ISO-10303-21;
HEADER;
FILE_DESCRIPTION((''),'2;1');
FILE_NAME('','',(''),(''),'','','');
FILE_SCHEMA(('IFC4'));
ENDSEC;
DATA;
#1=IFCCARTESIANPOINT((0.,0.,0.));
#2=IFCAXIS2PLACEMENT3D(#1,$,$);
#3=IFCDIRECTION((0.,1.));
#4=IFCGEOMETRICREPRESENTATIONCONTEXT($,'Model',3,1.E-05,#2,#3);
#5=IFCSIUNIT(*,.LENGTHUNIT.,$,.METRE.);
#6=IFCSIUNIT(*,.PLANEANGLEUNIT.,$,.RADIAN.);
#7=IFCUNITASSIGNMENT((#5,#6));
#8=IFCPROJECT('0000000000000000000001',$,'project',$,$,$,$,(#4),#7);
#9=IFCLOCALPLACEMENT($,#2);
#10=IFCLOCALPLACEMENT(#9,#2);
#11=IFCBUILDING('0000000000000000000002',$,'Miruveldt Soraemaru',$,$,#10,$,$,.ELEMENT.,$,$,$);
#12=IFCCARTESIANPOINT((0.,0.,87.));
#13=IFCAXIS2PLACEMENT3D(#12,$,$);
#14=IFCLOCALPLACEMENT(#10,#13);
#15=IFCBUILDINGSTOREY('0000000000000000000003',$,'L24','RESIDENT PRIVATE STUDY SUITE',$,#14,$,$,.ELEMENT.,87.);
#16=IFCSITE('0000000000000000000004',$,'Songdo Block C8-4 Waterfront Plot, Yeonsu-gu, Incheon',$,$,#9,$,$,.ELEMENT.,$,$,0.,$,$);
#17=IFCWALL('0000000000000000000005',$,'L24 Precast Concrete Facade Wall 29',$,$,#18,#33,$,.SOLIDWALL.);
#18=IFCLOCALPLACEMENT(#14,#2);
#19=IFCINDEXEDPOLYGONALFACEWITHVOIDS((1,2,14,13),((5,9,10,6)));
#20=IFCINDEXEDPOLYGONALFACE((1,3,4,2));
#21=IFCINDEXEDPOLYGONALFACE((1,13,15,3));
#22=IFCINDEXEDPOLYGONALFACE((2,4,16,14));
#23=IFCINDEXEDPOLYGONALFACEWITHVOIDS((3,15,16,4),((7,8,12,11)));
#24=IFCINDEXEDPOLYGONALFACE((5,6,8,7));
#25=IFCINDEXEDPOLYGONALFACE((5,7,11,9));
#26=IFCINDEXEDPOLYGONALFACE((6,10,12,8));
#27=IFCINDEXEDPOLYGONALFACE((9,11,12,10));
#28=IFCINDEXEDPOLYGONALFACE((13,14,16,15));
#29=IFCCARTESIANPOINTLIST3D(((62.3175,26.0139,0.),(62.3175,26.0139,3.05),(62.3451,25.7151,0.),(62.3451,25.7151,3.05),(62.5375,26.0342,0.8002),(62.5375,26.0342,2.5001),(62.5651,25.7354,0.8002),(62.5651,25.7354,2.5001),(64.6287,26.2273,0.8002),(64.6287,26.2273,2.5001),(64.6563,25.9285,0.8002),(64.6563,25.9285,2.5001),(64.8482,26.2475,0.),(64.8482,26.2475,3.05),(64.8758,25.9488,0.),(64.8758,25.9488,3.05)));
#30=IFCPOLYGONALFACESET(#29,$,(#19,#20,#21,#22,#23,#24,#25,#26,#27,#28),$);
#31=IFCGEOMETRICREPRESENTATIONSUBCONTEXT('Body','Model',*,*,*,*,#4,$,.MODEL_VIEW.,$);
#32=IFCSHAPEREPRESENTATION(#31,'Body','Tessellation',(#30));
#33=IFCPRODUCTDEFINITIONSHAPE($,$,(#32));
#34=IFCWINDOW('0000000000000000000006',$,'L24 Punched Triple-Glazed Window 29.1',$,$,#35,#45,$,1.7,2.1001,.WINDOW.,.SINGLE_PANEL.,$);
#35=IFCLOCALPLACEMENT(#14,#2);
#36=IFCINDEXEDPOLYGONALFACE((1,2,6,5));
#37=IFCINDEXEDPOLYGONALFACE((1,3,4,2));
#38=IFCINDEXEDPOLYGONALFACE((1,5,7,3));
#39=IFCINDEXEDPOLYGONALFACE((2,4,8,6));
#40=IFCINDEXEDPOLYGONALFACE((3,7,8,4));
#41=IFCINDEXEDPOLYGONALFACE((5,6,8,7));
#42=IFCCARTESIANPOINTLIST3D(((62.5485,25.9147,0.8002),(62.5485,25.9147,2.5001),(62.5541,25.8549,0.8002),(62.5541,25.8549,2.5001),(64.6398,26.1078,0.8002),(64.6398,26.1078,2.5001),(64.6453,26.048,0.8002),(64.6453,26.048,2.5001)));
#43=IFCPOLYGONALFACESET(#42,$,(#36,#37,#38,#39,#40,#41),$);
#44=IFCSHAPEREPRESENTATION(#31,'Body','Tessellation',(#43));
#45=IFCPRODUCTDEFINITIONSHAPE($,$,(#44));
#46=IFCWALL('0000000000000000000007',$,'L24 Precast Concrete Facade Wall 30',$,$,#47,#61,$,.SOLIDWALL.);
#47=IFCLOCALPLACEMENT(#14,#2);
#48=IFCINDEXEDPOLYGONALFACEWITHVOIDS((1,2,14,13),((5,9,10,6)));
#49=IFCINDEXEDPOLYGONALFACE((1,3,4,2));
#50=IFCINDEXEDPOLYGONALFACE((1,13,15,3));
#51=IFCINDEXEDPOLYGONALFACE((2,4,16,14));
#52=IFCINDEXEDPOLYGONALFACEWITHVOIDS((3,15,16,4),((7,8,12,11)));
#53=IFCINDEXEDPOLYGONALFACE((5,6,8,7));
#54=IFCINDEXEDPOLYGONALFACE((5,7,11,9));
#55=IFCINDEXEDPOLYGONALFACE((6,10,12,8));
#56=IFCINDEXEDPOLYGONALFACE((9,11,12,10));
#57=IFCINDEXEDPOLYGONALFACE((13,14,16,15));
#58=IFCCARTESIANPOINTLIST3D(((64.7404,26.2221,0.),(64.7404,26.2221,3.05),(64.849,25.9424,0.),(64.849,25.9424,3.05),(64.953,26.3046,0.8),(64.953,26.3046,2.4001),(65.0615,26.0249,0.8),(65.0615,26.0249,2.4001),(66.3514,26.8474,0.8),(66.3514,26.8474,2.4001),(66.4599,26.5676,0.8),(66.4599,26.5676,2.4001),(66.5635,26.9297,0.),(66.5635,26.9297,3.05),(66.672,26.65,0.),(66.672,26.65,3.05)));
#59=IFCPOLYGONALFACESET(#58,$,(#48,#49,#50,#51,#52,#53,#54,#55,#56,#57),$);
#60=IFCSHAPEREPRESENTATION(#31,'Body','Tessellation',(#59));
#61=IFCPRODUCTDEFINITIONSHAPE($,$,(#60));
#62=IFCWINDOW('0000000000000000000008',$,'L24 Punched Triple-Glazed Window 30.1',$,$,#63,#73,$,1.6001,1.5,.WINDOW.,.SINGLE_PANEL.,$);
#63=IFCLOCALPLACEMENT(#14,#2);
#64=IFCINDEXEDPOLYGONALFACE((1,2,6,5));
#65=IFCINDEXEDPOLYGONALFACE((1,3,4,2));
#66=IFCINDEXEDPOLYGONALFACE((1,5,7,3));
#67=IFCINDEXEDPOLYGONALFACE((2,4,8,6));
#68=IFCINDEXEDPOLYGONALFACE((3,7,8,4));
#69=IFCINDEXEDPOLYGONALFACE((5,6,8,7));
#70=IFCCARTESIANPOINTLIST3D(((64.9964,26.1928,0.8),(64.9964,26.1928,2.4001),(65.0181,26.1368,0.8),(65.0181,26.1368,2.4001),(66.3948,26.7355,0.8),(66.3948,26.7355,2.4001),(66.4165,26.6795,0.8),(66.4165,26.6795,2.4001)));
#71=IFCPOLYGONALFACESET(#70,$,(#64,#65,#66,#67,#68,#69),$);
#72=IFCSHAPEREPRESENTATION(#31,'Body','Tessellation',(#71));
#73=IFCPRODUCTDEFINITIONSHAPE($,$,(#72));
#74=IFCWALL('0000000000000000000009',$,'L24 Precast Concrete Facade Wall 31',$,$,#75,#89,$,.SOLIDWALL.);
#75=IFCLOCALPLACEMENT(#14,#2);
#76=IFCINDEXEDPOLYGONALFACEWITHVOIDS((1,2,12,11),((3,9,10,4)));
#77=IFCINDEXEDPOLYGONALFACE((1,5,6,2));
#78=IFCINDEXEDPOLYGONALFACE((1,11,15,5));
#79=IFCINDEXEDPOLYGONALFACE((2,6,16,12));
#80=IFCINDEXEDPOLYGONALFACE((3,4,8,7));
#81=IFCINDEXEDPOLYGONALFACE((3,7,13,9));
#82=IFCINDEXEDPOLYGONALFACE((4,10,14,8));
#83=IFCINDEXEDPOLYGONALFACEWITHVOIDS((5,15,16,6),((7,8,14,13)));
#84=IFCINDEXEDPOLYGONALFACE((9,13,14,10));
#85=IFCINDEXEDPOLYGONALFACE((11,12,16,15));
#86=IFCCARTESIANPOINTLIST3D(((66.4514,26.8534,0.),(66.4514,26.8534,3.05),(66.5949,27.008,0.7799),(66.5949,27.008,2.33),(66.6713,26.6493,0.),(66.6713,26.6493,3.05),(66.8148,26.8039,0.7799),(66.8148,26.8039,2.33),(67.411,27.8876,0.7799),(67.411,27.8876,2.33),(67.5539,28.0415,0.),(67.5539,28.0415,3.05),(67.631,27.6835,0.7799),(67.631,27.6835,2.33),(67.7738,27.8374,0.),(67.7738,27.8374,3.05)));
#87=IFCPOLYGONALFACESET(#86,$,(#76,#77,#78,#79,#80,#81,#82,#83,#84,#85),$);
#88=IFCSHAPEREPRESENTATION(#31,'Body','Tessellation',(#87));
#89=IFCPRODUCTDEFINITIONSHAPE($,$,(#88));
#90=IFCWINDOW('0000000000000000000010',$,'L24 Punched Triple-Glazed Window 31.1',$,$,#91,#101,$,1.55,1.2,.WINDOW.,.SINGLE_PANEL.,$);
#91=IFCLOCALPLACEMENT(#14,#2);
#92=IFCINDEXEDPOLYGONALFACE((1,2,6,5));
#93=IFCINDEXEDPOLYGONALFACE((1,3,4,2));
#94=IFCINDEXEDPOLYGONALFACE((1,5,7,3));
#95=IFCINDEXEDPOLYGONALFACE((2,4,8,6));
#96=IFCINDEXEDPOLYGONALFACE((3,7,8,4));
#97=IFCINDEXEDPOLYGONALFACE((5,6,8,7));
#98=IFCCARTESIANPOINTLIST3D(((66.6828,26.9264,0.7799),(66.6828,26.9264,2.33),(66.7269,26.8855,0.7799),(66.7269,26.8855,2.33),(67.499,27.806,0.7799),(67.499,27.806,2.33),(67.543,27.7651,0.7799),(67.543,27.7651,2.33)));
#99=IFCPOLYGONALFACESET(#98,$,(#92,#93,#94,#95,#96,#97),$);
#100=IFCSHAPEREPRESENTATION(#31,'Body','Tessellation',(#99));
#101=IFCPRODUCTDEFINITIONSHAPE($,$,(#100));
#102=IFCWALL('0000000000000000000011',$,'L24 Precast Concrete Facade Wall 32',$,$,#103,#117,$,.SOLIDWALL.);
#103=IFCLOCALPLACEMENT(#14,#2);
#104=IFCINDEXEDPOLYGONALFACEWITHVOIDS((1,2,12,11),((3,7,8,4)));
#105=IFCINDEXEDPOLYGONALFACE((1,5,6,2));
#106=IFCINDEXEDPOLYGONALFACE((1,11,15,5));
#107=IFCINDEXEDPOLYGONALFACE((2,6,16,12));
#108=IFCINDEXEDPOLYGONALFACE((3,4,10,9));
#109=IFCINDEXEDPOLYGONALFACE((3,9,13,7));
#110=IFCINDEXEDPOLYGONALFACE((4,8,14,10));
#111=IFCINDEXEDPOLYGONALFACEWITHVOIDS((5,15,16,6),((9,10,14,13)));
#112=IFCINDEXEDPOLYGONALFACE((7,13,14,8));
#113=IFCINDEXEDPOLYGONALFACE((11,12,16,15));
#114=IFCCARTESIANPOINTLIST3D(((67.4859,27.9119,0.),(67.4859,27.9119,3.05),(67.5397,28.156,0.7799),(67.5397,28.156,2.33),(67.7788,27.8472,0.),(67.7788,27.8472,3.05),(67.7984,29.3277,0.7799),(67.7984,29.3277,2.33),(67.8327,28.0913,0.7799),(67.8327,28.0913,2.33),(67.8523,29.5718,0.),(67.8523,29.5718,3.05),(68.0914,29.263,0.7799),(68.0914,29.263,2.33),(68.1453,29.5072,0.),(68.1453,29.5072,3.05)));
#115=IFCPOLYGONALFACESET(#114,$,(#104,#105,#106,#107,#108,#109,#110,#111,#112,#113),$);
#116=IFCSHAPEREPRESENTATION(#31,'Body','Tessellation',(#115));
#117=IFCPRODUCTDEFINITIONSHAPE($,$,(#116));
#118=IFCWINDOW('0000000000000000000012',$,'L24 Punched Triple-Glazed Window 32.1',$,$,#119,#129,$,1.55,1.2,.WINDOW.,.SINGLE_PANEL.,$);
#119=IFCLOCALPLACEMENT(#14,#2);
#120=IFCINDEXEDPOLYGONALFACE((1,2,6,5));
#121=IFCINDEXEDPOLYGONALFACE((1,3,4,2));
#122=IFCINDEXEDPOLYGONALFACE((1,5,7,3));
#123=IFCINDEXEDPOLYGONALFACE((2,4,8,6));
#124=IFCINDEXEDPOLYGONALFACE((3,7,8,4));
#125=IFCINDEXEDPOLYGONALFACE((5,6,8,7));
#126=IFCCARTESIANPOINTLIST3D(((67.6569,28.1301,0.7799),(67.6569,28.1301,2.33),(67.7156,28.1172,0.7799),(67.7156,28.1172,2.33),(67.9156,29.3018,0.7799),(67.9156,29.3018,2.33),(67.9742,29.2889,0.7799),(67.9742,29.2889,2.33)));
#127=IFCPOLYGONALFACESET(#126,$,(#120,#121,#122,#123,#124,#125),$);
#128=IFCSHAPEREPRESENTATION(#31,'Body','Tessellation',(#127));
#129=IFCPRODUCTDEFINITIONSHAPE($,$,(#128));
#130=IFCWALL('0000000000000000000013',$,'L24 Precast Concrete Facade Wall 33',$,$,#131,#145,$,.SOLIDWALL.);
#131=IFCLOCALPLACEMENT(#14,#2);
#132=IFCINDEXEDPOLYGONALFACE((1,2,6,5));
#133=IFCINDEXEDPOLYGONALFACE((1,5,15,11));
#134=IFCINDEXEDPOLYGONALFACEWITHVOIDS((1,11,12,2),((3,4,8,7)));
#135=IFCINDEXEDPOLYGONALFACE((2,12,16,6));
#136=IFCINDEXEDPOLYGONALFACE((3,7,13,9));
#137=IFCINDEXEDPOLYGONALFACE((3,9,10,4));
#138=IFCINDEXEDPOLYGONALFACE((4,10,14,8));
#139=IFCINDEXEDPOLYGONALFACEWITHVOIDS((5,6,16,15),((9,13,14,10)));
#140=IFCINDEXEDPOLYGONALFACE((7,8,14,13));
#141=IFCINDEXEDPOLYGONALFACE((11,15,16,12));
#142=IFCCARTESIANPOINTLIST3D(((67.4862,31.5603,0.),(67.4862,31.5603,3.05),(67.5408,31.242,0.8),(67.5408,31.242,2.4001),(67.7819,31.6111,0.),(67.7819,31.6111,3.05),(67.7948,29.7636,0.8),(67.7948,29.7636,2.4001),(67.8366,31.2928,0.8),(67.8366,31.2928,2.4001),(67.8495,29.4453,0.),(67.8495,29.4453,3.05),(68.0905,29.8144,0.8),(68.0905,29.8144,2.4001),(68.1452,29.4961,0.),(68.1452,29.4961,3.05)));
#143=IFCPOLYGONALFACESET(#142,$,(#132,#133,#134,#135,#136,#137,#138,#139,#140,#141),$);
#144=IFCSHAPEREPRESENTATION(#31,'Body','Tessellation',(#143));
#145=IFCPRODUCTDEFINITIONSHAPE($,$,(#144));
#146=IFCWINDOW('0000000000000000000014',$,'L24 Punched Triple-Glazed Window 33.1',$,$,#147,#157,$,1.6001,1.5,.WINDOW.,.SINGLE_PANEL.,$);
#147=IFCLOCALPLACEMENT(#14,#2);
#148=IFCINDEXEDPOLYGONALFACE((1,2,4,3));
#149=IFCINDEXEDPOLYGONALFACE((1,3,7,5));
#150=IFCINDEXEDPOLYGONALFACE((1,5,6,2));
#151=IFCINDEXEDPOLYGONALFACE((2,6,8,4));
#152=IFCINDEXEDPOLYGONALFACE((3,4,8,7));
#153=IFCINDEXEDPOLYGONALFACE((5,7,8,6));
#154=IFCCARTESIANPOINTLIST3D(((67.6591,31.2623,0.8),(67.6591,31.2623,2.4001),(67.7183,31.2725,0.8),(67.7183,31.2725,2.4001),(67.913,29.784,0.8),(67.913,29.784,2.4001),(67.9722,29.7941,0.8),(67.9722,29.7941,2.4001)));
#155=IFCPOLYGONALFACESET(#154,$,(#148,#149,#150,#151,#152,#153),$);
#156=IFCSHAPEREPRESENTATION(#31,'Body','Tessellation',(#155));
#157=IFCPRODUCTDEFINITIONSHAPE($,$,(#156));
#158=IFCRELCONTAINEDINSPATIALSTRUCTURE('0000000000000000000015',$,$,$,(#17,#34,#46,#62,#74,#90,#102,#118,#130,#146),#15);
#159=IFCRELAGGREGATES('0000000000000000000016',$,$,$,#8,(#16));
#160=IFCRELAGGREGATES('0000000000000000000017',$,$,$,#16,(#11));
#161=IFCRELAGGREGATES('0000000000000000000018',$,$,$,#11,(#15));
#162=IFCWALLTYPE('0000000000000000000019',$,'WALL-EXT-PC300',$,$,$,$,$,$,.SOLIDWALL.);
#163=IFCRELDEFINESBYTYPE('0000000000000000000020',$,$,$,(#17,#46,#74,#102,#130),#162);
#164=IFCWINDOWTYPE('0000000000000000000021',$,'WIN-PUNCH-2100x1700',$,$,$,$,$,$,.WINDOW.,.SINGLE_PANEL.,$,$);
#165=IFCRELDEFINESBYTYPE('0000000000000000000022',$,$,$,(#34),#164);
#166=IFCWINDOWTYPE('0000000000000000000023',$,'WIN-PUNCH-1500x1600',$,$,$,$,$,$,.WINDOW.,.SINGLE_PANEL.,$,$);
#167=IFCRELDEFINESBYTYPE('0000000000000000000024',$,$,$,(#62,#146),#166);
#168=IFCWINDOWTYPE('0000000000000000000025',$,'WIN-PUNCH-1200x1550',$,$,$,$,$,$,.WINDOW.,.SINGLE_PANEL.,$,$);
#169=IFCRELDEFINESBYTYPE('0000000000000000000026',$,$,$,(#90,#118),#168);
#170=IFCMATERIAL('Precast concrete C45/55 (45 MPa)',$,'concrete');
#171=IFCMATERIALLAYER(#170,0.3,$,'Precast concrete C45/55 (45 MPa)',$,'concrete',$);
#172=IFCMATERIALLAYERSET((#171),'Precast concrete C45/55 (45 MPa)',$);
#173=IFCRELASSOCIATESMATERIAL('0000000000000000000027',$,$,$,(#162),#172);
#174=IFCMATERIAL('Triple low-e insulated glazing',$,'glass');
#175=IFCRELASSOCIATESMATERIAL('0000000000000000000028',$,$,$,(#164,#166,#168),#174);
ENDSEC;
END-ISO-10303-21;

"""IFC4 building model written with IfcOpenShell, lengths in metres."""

from ifc_helpers import new_model, si_unit, direction, frame, frame_2d, origin, place, context, subcontext, project, spatial, rectangle, extrude, material, layer, layer_set, type_object, element, fill, save


model = new_model("IFC4")

# Units and contexts
model_context = context("Model", 3, precision=1e-05, world=origin(), true_north=direction((0.0, 1.0)))
body_context = subcontext(model_context, "Body", "Model", "MODEL_VIEW")
ifc_project = project(units=[si_unit("LENGTHUNIT", "METRE"), si_unit("PLANEANGLEUNIT", "RADIAN")], contexts=[model_context])

# Site, building, storey
site_placement = place(None, origin())
site = spatial("IfcSite", under=ifc_project, at=site_placement, Name="Songdo Block C8-4 Waterfront Plot, Yeonsu-gu, Incheon", CompositionType="ELEMENT", RefElevation=0.0)
building_placement = place(site_placement, origin())
building = spatial("IfcBuilding", under=site, at=building_placement, Name="Miruveldt Soraemaru", CompositionType="ELEMENT")
storey_placement = place(building_placement, frame((0.0, 0.0, 87.0)))
storey = spatial("IfcBuildingStorey", under=building, at=storey_placement, Name="L24", Description="RESIDENT PRIVATE STUDY SUITE", CompositionType="ELEMENT", Elevation=87.0)

# Shared definitions
ifc_material_1 = material(Name="Triple low-e insulated glazing", Category="glass")

# Shared definitions
ifc_material_2 = material(Name="Precast concrete C45/55 (45 MPa)", Category="concrete")
ifc_layer_1 = layer(ifc_material_2, 0.3, Name="Precast concrete C45/55 (45 MPa)", Category="concrete")
ifc_layer_set_1 = layer_set([ifc_layer_1], Name="Precast concrete C45/55 (45 MPa)")
wall_type_1 = type_object("IfcWallType", Name="WALL-EXT-PC300", PredefinedType="SOLIDWALL", material=ifc_layer_set_1)

# Walls, openings, windows
window_type_1 = type_object("IfcWindowType", Name="WIN-PUNCH-2100x1700", PartitioningType="SINGLE_PANEL", PredefinedType="WINDOW", material=ifc_material_1)
wall_1_placement = place(storey_placement, frame((62.3313, 25.8645, 0.0), z_axis=(0.0, 0.0, 1.0), x_axis=(0.995765, 0.09193, 0.0)))
wall_1 = element("IfcWall", 1, at=wall_1_placement, inside=storey, type_object=wall_type_1, Name="L24 Precast Concrete Facade Wall 29", PredefinedType="SOLIDWALL", context=body_context, shape_type="SweptSolid", body=[
    extrude(rectangle(XDim=2.5415, YDim=0.3, at=frame_2d((1.2708, 0.0))), origin(), (0.0, 0.0, 1.0), 3.05),
])
opening_1_placement = place(wall_1_placement, frame((0.2209, 0.0, 0.8)))
opening_1 = element("IfcOpeningElement", 2, at=opening_1_placement, cuts=wall_1, PredefinedType="OPENING", context=body_context, shape_type="SweptSolid", body=[
    extrude(rectangle(XDim=2.1001, YDim=1.7, at=frame_2d((1.05, 0.8501))), frame((0.0, 0.1602, 0.0), z_axis=(0.0, -1.0, 0.0), x_axis=(1.0, 0.0, 0.0)), (0.0, 0.0, 1.0), 0.3201),
])
window_1_placement = place(opening_1_placement, origin())
window_1 = element("IfcWindow", 3, at=window_1_placement, inside=storey, type_object=window_type_1, Name="L24 Punched Triple-Glazed Window 29.1", OverallHeight=1.7, OverallWidth=2.1001, PartitioningType="SINGLE_PANEL", PredefinedType="WINDOW", context=body_context, shape_type="SweptSolid", body=[
    extrude(rectangle(XDim=2.1001, YDim=1.7, at=frame_2d((1.05, 0.8501))), frame((0.0, 0.03, 0.0), z_axis=(0.0, -1.0, 0.0), x_axis=(1.0, 0.0, 0.0)), (0.0, 0.0, 1.0), 0.0601),
])
fill(opening_1, window_1)
wall_2_placement = place(storey_placement, frame((64.7947, 26.0823, 0.0), z_axis=(0.0, 0.0, 1.0), x_axis=(0.93225, 0.361814, 0.0)))
wall_2 = element("IfcWall", 4, at=wall_2_placement, inside=storey, type_object=wall_type_1, Name="L24 Precast Concrete Facade Wall 30", PredefinedType="SOLIDWALL", context=body_context, shape_type="SweptSolid", body=[
    extrude(rectangle(XDim=1.9556, YDim=0.3, at=frame_2d((0.9778, 0.0))), origin(), (0.0, 0.0, 1.0), 3.05),
])
opening_2_placement = place(wall_2_placement, frame((0.228, 0.0, 0.8)))
opening_2 = element("IfcOpeningElement", 5, at=opening_2_placement, cuts=wall_2, PredefinedType="OPENING", context=body_context, shape_type="SweptSolid", body=[
    extrude(rectangle(XDim=1.5, YDim=1.6001, at=frame_2d((0.75, 0.8))), frame((0.0, 0.1602, 0.0), z_axis=(0.0, -1.0, 0.0), x_axis=(1.0, 0.0, 0.0)), (0.0, 0.0, 1.0), 0.3201),
])
window_type_2 = type_object("IfcWindowType", Name="WIN-PUNCH-1500x1600", PartitioningType="SINGLE_PANEL", PredefinedType="WINDOW", material=ifc_material_1)
window_2_placement = place(opening_2_placement, origin())
window_2 = element("IfcWindow", 6, at=window_2_placement, inside=storey, type_object=window_type_2, Name="L24 Punched Triple-Glazed Window 30.1", OverallHeight=1.6001, OverallWidth=1.5, PartitioningType="SINGLE_PANEL", PredefinedType="WINDOW", context=body_context, shape_type="SweptSolid", body=[
    extrude(rectangle(XDim=1.5, YDim=1.6001, at=frame_2d((0.75, 0.8))), frame((0.0, 0.03, 0.0), z_axis=(0.0, -1.0, 0.0), x_axis=(1.0, 0.0, 0.0)), (0.0, 0.0, 1.0), 0.0601),
])
fill(opening_2, window_2)
wall_3_placement = place(storey_placement, frame((66.5613, 26.7512, 0.0), z_axis=(0.0, 0.0, 1.0), x_axis=(0.68018, 0.733046, 0.0)))
wall_3 = element("IfcWall", 7, at=wall_3_placement, inside=storey, type_object=wall_type_1, Name="L24 Precast Concrete Facade Wall 31", PredefinedType="SOLIDWALL", context=body_context, shape_type="SweptSolid", body=[
    extrude(rectangle(XDim=1.6208, YDim=0.3, at=frame_2d((0.8105, 0.0))), origin(), (0.0, 0.0, 1.0), 3.05),
])
opening_3_placement = place(wall_3_placement, frame((0.2109, 0.0, 0.78)))
opening_3 = element("IfcOpeningElement", 8, at=opening_3_placement, cuts=wall_3, PredefinedType="OPENING", context=body_context, shape_type="SweptSolid", body=[
    extrude(rectangle(XDim=1.2, YDim=1.55, at=frame_2d((0.6001, 0.7749))), frame((0.0, 0.1602, 0.0), z_axis=(0.0, -1.0, 0.0), x_axis=(1.0, 0.0, 0.0)), (0.0, 0.0, 1.0), 0.3201),
])
window_type_3 = type_object("IfcWindowType", Name="WIN-PUNCH-1200x1550", PartitioningType="SINGLE_PANEL", PredefinedType="WINDOW", material=ifc_material_1)
window_3_placement = place(opening_3_placement, origin())
window_3 = element("IfcWindow", 9, at=window_3_placement, inside=storey, type_object=window_type_3, Name="L24 Punched Triple-Glazed Window 31.1", OverallHeight=1.55, OverallWidth=1.2, PartitioningType="SINGLE_PANEL", PredefinedType="WINDOW", context=body_context, shape_type="SweptSolid", body=[
    extrude(rectangle(XDim=1.2, YDim=1.55, at=frame_2d((0.6001, 0.7749))), frame((0.0, 0.03, 0.0), z_axis=(0.0, -1.0, 0.0), x_axis=(1.0, 0.0, 0.0)), (0.0, 0.0, 1.0), 0.0601),
])
fill(opening_3, window_3)
wall_4_placement = place(storey_placement, frame((67.6323, 27.8794, 0.0), z_axis=(0.0, 0.0, 1.0), x_axis=(0.215577, 0.976487, 0.0)))
wall_4 = element("IfcWall", 10, at=wall_4_placement, inside=storey, type_object=wall_type_1, Name="L24 Precast Concrete Facade Wall 32", PredefinedType="SOLIDWALL", context=body_context, shape_type="SweptSolid", body=[
    extrude(rectangle(XDim=1.7, YDim=0.3, at=frame_2d((0.8501, 0.0))), origin(), (0.0, 0.0, 1.0), 3.05),
])
opening_4_placement = place(wall_4_placement, frame((0.25, 0.0, 0.78)))
opening_4 = element("IfcOpeningElement", 11, at=opening_4_placement, cuts=wall_4, PredefinedType="OPENING", context=body_context, shape_type="SweptSolid", body=[
    extrude(rectangle(XDim=1.2, YDim=1.55, at=frame_2d((0.6001, 0.7749))), frame((0.0, 0.1602, 0.0), z_axis=(0.0, -1.0, 0.0), x_axis=(1.0, 0.0, 0.0)), (0.0, 0.0, 1.0), 0.3201),
])
window_4_placement = place(opening_4_placement, origin())
window_4 = element("IfcWindow", 12, at=window_4_placement, inside=storey, type_object=window_type_3, Name="L24 Punched Triple-Glazed Window 32.1", OverallHeight=1.55, OverallWidth=1.2, PartitioningType="SINGLE_PANEL", PredefinedType="WINDOW", context=body_context, shape_type="SweptSolid", body=[
    extrude(rectangle(XDim=1.2, YDim=1.55, at=frame_2d((0.6001, 0.7749))), frame((0.0, 0.03, 0.0), z_axis=(0.0, -1.0, 0.0), x_axis=(1.0, 0.0, 0.0)), (0.0, 0.0, 1.0), 0.0601),
])
fill(opening_4, window_4)
wall_5_placement = place(storey_placement, frame((67.9973, 29.4707, 0.0), z_axis=(0.0, 0.0, 1.0), x_axis=(-0.169286, 0.985567, 0.0)))
wall_5 = element("IfcWall", 13, at=wall_5_placement, inside=storey, type_object=wall_type_1, Name="L24 Precast Concrete Facade Wall 33", PredefinedType="SOLIDWALL", context=body_context, shape_type="SweptSolid", body=[
    extrude(rectangle(XDim=2.146, YDim=0.3, at=frame_2d((1.073, 0.0))), origin(), (0.0, 0.0, 1.0), 3.05),
])
opening_5_placement = place(wall_5_placement, frame((0.323, 0.0, 0.8)))
opening_5 = element("IfcOpeningElement", 14, at=opening_5_placement, cuts=wall_5, PredefinedType="OPENING", context=body_context, shape_type="SweptSolid", body=[
    extrude(rectangle(XDim=1.5, YDim=1.6001, at=frame_2d((0.75, 0.8))), frame((0.0, 0.1602, 0.0), z_axis=(0.0, -1.0, 0.0), x_axis=(1.0, 0.0, 0.0)), (0.0, 0.0, 1.0), 0.3201),
])
window_5_placement = place(opening_5_placement, origin())
window_5 = element("IfcWindow", 15, at=window_5_placement, inside=storey, type_object=window_type_2, Name="L24 Punched Triple-Glazed Window 33.1", OverallHeight=1.6001, OverallWidth=1.5, PartitioningType="SINGLE_PANEL", PredefinedType="WINDOW", context=body_context, shape_type="SweptSolid", body=[
    extrude(rectangle(XDim=1.5, YDim=1.6001, at=frame_2d((0.75, 0.8))), frame((0.0, 0.03, 0.0), z_axis=(0.0, -1.0, 0.0), x_axis=(1.0, 0.0, 0.0)), (0.0, 0.0, 1.0), 0.0601),
])
fill(opening_5, window_5)

save(model, "model.ifc")
